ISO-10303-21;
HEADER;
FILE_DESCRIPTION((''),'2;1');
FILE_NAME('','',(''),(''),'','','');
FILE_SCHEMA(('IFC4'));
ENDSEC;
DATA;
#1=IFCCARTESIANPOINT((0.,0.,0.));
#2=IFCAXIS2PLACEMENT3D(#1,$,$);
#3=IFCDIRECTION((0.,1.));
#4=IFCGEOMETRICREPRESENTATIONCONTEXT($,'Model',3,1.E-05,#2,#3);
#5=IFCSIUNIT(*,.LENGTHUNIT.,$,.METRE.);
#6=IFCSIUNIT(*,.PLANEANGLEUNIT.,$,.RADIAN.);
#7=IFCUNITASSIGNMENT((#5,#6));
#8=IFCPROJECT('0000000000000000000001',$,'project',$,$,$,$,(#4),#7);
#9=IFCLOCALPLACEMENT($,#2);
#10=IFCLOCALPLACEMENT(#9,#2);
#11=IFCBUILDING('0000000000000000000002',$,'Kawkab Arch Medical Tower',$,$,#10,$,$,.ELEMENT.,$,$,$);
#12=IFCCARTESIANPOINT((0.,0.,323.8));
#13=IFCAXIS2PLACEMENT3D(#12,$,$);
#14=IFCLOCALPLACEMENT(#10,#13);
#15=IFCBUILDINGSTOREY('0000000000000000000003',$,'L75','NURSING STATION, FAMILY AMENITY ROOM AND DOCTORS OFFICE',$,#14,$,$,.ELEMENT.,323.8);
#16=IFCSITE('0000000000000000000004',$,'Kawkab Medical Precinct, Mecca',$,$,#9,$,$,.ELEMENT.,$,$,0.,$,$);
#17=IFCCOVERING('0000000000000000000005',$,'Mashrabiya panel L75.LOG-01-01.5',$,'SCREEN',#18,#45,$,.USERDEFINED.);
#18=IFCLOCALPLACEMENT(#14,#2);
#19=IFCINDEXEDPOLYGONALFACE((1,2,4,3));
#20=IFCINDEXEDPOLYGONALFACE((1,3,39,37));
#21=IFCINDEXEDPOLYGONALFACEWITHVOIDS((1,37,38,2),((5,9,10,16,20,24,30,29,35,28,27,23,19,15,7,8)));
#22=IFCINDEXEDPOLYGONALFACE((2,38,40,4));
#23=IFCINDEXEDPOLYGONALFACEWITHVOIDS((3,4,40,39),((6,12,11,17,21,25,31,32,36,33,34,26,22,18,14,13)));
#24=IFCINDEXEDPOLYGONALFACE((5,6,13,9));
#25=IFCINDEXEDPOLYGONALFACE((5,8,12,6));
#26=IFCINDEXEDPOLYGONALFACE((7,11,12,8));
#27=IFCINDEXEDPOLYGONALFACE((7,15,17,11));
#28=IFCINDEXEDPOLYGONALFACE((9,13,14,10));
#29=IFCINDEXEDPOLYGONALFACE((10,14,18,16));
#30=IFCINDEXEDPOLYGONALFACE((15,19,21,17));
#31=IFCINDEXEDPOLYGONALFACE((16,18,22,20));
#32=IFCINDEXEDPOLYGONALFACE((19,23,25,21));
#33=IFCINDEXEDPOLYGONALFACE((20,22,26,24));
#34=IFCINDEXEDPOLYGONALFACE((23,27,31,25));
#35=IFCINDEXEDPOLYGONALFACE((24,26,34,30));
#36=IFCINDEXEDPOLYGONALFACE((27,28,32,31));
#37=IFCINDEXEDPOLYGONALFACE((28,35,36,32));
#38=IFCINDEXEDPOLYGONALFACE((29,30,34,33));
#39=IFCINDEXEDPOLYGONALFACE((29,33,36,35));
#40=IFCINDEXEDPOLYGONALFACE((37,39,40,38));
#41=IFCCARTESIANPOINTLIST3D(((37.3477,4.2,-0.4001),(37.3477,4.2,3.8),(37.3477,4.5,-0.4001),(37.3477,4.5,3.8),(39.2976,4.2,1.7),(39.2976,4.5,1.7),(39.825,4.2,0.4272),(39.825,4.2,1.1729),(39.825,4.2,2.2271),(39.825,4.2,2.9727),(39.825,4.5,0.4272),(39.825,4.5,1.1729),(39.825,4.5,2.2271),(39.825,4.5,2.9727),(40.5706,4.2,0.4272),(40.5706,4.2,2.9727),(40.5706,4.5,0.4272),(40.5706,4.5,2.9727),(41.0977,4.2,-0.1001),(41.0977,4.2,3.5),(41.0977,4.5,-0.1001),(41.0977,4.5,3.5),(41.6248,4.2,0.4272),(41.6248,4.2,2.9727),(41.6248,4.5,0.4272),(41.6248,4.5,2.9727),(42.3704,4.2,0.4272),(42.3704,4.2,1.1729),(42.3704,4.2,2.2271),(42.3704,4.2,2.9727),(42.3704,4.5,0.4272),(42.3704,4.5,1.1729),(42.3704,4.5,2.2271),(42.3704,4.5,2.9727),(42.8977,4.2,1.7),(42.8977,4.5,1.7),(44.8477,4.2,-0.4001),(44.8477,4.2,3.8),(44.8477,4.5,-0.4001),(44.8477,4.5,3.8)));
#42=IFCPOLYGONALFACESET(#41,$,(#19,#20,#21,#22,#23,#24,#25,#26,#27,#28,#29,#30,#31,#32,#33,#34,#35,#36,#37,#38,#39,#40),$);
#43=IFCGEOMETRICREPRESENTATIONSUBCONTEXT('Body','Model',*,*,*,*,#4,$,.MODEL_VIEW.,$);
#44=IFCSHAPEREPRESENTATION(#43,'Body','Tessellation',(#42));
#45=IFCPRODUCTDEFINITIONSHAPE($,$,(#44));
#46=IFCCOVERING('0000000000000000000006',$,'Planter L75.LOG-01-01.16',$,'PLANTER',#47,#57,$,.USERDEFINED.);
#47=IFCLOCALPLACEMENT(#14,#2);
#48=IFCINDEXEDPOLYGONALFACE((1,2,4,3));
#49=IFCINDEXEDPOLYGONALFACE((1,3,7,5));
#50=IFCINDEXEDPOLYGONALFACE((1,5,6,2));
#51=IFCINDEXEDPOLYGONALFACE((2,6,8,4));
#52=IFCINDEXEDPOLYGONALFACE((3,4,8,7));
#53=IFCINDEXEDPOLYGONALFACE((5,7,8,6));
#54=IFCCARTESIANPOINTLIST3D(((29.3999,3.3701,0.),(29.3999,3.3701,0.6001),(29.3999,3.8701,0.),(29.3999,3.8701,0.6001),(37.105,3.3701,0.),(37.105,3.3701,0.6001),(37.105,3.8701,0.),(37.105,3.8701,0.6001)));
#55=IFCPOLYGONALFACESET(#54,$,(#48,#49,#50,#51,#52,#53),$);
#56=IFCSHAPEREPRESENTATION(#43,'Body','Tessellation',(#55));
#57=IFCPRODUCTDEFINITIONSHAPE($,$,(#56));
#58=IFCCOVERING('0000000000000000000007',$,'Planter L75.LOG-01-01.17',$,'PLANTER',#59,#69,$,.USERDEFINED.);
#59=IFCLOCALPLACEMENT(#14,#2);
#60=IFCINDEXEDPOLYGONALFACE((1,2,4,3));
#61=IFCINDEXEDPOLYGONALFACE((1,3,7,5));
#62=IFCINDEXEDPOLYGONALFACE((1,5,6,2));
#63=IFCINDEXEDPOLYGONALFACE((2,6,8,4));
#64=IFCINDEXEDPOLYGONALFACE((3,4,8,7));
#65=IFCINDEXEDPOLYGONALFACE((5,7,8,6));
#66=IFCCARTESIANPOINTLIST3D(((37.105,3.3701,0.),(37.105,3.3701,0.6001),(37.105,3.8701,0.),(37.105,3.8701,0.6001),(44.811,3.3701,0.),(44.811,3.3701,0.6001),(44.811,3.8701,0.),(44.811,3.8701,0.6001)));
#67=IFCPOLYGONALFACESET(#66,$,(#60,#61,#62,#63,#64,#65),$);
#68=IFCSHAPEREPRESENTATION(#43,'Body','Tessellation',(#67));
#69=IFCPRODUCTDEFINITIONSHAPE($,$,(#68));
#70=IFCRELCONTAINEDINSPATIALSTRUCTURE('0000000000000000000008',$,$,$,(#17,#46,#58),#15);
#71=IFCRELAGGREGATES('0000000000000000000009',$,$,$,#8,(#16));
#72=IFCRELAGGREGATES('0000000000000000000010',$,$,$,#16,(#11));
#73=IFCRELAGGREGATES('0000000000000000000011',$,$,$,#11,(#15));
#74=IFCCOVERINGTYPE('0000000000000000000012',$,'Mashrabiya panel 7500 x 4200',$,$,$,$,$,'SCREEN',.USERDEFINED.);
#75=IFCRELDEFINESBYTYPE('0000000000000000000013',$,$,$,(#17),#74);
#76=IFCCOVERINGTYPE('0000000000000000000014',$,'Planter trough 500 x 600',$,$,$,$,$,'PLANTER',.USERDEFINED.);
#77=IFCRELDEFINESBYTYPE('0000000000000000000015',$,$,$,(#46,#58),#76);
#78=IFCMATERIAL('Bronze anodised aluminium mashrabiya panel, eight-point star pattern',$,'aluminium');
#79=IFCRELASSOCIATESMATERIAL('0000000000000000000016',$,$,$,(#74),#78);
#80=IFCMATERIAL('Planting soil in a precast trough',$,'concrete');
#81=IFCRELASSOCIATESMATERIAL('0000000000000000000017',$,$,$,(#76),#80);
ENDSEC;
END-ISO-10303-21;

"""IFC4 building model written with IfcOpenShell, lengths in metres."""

from ifc_helpers import new_model, si_unit, direction, frame, origin, origin_2d, place, context, subcontext, project, spatial, polyline, rectangle, outline, extrude, material, material_profile, profile_set, type_object, element, save


model = new_model("IFC4")

# Units and contexts
model_context = context("Model", 3, precision=1e-05, world=origin(), true_north=direction((0.0, 1.0)))
body_context = subcontext(model_context, "Body", "Model", "MODEL_VIEW")
ifc_project = project(units=[si_unit("LENGTHUNIT", "METRE"), si_unit("PLANEANGLEUNIT", "RADIAN")], contexts=[model_context])

# Site, building, storey
site_placement = place(None, origin())
site = spatial("IfcSite", under=ifc_project, at=site_placement, Name="Kawkab Medical Precinct, Mecca", CompositionType="ELEMENT", RefElevation=0.0)
building_placement = place(site_placement, origin())
building = spatial("IfcBuilding", under=site, at=building_placement, Name="Kawkab Arch Medical Tower", CompositionType="ELEMENT")
storey_placement = place(building_placement, frame((0.0, 0.0, 323.8)))
storey = spatial("IfcBuildingStorey", under=building, at=storey_placement, Name="L75", Description="NURSING STATION, FAMILY AMENITY ROOM AND DOCTORS OFFICE", CompositionType="ELEMENT", Elevation=323.8)

# Coverings
ifc_material_1 = material(Name="Bronze anodised aluminium mashrabiya panel, eight-point star pattern", Category="aluminium")
ifc_material_profile_1 = material_profile(ifc_material_1, outline(polyline([(-3.75, -2.1001), (3.75, -2.1001), (3.75, 2.1001), (-3.75, 2.1001), (-3.75, -2.1001)]), holes=[polyline([(1.8, 0.0), (1.2727, 0.5271), (1.2727, 1.2727), (0.5271, 1.2727), (0.0, 1.8), (-0.5271, 1.2727), (-1.2727, 1.2727), (-1.2727, 0.5271), (-1.8, 0.0), (-1.2727, -0.5271), (-1.2727, -1.2727), (-0.5271, -1.2727), (0.0, -1.8), (0.5271, -1.2727), (1.2727, -1.2727), (1.2727, -0.5271), (1.8, 0.0)])]), Name="Mashrabiya panel 7500x4200")
ifc_profile_set_1 = profile_set([ifc_material_profile_1], Name="Bronze anodised aluminium mashrabiya panel, eight-point star pattern")
covering_type_1 = type_object("IfcCoveringType", Name="Mashrabiya panel 7500 x 4200", ElementType="SCREEN", PredefinedType="USERDEFINED", material=ifc_profile_set_1)
covering_1_placement = place(storey_placement, frame((41.0977, 4.2, 1.7), z_axis=(0.0, 1.0, 0.0), x_axis=(-1.0, 0.0, 0.0)))
element("IfcCovering", 1, at=covering_1_placement, inside=storey, type_object=covering_type_1, Name="Mashrabiya panel L75.LOG-01-01.5", ObjectType="SCREEN", PredefinedType="USERDEFINED", context=body_context, shape_type="SweptSolid", body=[
    extrude(outline(polyline([(-3.75, -2.1001), (3.75, -2.1001), (3.75, 2.1001), (-3.75, 2.1001), (-3.75, -2.1001)]), holes=[polyline([(1.8, 0.0), (1.2727, 0.5271), (1.2727, 1.2727), (0.5271, 1.2727), (0.0, 1.8), (-0.5271, 1.2727), (-1.2727, 1.2727), (-1.2727, 0.5271), (-1.8, 0.0), (-1.2727, -0.5271), (-1.2727, -1.2727), (-0.5271, -1.2727), (0.0, -1.8), (0.5271, -1.2727), (1.2727, -1.2727), (1.2727, -0.5271), (1.8, 0.0)])]), origin(), (0.0, 0.0, 1.0), 0.3),
])
ifc_material_2 = material(Name="Planting soil in a precast trough", Category="concrete")
ifc_material_profile_2 = material_profile(ifc_material_2, rectangle(XDim=0.5, YDim=0.6001, at=origin_2d()), Name="Trough 500x600")
ifc_profile_set_2 = profile_set([ifc_material_profile_2], Name="Planting soil in a precast trough")
covering_type_2 = type_object("IfcCoveringType", Name="Planter trough 500 x 600", ElementType="PLANTER", PredefinedType="USERDEFINED", material=ifc_profile_set_2)
covering_2_placement = place(storey_placement, frame((29.3999, 3.6201, 0.3), z_axis=(1.0, 0.0, 0.0), x_axis=(0.0, 1.0, 0.0)))
element("IfcCovering", 2, at=covering_2_placement, inside=storey, type_object=covering_type_2, Name="Planter L75.LOG-01-01.16", ObjectType="PLANTER", PredefinedType="USERDEFINED", context=body_context, shape_type="SweptSolid", body=[
    extrude(rectangle(XDim=0.5, YDim=0.6001, at=origin_2d()), origin(), (0.0, 0.0, 1.0), 7.7051),
])
covering_3_placement = place(storey_placement, frame((37.105, 3.6201, 0.3), z_axis=(1.0, 0.0, 0.0), x_axis=(0.0, 1.0, 0.0)))
element("IfcCovering", 3, at=covering_3_placement, inside=storey, type_object=covering_type_2, Name="Planter L75.LOG-01-01.17", ObjectType="PLANTER", PredefinedType="USERDEFINED", context=body_context, shape_type="SweptSolid", body=[
    extrude(rectangle(XDim=0.5, YDim=0.6001, at=origin_2d()), origin(), (0.0, 0.0, 1.0), 7.7061),
])

save(model, "model.ifc")
